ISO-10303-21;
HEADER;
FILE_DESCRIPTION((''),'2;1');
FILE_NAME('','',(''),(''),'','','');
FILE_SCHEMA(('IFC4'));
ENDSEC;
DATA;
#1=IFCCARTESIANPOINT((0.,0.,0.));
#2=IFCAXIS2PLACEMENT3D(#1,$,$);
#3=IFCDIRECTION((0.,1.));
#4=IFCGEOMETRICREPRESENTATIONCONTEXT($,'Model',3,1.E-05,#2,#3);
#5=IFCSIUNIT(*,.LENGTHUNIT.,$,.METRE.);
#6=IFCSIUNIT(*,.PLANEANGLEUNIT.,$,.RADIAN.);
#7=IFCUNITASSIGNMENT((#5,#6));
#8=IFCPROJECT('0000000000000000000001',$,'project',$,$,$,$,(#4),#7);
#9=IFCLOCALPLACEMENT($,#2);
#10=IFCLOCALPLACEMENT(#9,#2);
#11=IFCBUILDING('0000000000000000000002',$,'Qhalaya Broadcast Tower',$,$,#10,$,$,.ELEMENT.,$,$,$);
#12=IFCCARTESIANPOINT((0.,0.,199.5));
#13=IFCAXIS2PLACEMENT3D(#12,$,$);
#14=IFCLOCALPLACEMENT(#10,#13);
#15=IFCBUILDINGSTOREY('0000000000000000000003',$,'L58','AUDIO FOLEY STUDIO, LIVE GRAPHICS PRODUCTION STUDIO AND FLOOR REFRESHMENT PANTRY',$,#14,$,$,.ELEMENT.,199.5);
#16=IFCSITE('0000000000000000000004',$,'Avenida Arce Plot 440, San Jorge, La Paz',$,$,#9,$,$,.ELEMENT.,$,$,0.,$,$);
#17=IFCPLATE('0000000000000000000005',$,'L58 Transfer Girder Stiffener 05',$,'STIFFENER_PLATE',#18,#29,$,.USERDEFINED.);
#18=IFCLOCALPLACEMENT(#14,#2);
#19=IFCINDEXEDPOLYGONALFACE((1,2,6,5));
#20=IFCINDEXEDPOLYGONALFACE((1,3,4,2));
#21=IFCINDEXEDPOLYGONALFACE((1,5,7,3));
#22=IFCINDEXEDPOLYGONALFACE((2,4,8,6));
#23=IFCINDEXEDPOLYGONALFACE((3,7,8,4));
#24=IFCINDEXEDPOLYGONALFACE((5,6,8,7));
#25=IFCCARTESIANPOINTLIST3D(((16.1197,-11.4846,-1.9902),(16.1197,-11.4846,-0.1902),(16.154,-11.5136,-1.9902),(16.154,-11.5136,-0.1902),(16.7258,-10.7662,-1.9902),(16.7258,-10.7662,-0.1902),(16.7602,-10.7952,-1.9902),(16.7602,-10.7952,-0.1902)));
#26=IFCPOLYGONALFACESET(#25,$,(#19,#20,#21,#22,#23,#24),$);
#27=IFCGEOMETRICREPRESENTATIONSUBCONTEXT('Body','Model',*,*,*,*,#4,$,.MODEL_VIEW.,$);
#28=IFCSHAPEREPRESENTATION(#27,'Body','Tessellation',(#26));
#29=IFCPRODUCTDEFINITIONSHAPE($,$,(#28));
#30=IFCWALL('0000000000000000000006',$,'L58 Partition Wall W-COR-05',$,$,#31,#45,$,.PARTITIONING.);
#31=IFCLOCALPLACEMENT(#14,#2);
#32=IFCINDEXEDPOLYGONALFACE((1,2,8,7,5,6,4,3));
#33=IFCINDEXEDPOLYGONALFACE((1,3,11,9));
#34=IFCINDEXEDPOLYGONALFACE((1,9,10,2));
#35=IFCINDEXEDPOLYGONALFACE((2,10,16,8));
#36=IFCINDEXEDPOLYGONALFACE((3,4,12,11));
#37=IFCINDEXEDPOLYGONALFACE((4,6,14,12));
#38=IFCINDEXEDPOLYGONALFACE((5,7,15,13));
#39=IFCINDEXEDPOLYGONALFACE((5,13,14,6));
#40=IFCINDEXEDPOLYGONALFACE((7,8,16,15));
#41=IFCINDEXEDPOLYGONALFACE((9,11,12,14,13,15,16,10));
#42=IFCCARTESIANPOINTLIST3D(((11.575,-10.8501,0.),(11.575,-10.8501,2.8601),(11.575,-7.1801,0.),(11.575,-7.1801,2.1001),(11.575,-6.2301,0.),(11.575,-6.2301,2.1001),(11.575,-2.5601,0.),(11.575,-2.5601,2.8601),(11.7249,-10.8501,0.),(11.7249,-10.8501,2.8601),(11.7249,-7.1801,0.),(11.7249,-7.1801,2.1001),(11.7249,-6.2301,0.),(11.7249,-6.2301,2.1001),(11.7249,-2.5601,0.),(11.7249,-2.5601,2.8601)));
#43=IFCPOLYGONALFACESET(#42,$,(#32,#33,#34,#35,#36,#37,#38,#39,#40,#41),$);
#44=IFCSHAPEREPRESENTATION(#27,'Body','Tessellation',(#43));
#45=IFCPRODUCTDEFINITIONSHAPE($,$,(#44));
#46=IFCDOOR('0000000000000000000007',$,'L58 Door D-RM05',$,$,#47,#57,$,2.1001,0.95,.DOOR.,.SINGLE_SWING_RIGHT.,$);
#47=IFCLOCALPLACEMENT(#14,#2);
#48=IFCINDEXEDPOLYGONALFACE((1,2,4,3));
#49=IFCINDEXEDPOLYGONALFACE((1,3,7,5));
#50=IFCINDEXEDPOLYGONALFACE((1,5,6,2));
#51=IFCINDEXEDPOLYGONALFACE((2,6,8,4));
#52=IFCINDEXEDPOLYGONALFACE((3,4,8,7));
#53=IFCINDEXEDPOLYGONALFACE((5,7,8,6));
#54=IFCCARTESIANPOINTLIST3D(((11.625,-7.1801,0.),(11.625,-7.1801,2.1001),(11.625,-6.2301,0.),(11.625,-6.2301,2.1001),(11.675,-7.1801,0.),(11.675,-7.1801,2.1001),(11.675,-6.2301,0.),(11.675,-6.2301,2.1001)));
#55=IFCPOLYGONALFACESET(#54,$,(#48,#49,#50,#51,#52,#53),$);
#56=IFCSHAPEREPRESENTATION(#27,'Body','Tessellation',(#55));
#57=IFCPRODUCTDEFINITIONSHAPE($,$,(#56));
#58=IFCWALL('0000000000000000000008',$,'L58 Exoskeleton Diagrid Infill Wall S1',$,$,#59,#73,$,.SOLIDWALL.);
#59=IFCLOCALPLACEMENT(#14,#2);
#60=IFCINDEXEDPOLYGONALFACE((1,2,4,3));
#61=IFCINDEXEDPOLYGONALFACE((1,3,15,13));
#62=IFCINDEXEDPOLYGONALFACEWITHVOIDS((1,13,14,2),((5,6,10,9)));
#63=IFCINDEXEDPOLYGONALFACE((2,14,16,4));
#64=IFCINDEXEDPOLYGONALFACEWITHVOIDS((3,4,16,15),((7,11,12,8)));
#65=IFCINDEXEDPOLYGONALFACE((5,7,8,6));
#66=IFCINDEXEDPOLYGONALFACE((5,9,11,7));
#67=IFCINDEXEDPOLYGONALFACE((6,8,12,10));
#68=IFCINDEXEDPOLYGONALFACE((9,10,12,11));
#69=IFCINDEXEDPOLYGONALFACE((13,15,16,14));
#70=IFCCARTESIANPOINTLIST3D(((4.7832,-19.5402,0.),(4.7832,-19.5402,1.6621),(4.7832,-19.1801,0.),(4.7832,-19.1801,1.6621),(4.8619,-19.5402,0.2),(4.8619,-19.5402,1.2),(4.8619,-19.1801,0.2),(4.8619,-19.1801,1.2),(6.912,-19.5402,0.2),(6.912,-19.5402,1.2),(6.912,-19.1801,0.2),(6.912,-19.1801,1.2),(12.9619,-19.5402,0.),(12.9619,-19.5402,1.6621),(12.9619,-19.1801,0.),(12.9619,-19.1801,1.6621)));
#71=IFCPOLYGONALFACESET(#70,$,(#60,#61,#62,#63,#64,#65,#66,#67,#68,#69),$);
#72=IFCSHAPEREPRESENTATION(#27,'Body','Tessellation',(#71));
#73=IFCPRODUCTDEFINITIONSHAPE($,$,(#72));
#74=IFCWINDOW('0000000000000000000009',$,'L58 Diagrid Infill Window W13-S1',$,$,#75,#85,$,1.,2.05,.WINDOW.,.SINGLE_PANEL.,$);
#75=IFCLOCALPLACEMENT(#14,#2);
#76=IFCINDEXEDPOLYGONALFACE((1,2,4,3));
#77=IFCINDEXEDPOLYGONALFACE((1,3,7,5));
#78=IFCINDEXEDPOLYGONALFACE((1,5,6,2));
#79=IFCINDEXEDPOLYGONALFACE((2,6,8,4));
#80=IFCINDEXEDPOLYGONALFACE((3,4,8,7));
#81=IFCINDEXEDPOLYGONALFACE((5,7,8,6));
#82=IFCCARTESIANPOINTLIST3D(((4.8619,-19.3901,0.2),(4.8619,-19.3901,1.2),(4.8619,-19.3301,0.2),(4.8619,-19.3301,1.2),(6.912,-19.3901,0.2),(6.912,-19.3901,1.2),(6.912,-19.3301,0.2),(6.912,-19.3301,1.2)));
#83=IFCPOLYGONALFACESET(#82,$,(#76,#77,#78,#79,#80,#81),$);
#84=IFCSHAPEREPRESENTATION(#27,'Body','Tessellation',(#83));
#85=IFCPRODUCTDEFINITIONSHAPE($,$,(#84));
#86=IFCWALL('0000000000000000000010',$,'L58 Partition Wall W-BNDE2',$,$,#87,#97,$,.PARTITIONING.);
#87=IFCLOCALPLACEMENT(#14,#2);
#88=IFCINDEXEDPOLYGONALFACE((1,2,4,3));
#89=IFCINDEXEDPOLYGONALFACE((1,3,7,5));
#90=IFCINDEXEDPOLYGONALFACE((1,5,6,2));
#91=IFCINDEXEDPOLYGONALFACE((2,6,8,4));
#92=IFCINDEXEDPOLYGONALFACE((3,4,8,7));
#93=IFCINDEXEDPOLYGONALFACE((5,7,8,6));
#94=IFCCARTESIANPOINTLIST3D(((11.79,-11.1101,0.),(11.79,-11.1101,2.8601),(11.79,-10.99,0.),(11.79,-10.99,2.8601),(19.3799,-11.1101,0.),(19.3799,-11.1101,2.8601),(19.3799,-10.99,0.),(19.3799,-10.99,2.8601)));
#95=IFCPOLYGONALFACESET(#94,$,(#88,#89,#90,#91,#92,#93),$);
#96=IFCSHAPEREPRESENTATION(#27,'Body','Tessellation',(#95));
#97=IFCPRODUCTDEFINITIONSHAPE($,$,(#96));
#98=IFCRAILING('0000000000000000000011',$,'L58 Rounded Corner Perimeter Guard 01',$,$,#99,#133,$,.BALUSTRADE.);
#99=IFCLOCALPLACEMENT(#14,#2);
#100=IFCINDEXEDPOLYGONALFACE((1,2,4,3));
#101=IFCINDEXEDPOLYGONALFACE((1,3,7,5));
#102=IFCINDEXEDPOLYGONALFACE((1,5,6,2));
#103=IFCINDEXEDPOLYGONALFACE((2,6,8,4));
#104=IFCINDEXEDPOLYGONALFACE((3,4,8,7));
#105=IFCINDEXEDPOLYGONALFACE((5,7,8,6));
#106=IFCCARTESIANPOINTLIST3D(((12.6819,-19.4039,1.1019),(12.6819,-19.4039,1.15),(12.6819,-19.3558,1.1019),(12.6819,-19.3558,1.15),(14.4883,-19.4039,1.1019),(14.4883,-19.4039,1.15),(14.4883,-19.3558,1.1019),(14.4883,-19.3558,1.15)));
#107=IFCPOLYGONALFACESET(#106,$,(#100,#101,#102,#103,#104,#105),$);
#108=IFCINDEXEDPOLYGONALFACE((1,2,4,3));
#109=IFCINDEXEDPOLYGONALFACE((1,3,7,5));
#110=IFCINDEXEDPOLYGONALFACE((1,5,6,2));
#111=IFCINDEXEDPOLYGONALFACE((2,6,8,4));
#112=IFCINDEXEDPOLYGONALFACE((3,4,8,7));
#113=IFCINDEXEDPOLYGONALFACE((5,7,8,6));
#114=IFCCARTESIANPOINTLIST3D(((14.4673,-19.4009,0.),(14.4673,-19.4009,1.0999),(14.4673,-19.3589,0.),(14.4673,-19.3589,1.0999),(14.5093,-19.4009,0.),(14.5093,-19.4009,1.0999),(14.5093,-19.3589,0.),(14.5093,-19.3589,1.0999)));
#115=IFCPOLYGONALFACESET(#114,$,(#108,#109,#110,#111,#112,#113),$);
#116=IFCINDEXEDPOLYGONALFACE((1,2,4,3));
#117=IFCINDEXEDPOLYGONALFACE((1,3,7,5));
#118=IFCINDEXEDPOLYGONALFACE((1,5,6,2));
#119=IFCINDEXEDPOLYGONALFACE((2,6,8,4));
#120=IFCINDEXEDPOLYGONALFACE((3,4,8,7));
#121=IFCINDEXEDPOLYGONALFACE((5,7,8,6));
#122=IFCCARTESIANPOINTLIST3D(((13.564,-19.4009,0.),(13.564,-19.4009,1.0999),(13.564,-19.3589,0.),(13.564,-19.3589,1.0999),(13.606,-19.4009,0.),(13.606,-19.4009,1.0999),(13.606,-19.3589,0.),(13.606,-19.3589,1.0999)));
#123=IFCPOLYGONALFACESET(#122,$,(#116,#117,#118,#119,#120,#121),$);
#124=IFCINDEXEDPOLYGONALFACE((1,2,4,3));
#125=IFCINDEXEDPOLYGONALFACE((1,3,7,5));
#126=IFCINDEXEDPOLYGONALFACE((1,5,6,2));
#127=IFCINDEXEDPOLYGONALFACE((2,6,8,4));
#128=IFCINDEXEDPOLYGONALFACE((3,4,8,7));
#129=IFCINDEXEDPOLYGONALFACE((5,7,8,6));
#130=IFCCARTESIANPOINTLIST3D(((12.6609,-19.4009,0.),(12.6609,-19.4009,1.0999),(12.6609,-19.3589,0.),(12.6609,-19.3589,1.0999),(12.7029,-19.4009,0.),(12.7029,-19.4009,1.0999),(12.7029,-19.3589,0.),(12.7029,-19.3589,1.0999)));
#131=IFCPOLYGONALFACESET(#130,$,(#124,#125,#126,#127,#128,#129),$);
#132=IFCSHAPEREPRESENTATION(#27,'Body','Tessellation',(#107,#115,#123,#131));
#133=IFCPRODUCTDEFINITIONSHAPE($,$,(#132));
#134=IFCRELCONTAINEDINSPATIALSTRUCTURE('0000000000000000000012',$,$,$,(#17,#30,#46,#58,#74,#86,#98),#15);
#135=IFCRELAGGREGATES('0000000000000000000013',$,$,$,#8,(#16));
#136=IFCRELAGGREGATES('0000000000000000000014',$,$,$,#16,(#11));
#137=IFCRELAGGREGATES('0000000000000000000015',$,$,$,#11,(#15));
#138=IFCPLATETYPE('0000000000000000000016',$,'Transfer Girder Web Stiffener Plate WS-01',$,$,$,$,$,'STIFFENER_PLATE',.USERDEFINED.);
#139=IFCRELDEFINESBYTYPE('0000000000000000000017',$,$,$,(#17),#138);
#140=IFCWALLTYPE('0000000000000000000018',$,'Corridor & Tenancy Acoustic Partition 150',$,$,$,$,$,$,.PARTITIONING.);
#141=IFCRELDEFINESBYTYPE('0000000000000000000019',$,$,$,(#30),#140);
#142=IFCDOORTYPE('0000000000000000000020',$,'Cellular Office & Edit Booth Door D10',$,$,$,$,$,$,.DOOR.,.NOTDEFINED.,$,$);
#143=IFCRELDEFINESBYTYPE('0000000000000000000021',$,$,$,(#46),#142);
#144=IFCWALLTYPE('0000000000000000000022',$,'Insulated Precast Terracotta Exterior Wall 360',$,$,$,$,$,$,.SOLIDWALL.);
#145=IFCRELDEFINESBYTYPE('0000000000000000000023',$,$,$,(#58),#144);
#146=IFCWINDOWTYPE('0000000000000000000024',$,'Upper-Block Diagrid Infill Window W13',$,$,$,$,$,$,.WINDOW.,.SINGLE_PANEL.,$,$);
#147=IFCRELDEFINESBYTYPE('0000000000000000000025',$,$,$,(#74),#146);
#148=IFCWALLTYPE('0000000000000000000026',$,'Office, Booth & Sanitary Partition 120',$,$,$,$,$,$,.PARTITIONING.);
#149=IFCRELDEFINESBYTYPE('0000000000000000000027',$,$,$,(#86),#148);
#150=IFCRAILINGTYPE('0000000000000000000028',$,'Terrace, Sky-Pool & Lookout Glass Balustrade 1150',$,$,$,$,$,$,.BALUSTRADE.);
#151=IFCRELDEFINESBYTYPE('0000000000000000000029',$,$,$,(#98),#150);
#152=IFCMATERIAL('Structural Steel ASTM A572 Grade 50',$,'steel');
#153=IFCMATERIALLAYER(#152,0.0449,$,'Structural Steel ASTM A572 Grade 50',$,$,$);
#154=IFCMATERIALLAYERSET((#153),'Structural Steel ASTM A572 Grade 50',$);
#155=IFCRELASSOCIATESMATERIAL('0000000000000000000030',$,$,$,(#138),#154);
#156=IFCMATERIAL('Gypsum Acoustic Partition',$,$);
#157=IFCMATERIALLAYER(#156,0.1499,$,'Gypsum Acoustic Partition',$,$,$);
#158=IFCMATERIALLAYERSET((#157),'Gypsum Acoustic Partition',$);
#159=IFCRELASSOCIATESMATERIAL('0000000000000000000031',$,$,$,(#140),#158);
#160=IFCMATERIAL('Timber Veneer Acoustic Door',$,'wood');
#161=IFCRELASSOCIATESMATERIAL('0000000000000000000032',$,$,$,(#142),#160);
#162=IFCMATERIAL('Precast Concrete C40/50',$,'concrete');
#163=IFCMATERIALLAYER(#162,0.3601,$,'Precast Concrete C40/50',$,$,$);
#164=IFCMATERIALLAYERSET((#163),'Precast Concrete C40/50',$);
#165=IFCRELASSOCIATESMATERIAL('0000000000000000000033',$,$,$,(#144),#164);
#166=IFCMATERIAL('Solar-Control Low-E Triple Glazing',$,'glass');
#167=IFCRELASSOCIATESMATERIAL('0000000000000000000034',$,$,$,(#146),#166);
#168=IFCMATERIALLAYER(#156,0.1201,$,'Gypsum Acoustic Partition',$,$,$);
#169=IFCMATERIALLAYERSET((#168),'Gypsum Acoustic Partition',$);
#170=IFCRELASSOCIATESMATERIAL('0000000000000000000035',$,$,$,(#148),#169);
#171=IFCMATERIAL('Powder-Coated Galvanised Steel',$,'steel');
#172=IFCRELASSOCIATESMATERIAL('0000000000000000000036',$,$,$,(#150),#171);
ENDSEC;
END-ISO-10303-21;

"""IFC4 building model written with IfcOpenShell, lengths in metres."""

from ifc_helpers import new_model, si_unit, direction, frame, frame_2d, origin, origin_2d, place, context, subcontext, project, spatial, rectangle, extrude, material, layer, layer_set, type_object, element, fill, save


model = new_model("IFC4")

# Units and contexts
model_context = context("Model", 3, precision=1e-05, world=origin(), true_north=direction((0.0, 1.0)))
body_context = subcontext(model_context, "Body", "Model", "MODEL_VIEW")
ifc_project = project(units=[si_unit("LENGTHUNIT", "METRE"), si_unit("PLANEANGLEUNIT", "RADIAN")], contexts=[model_context])

# Site, building, storey
site_placement = place(None, origin())
site = spatial("IfcSite", under=ifc_project, at=site_placement, Name="Avenida Arce Plot 440, San Jorge, La Paz", CompositionType="ELEMENT", RefElevation=0.0)
building_placement = place(site_placement, origin())
building = spatial("IfcBuilding", under=site, at=building_placement, Name="Qhalaya Broadcast Tower", CompositionType="ELEMENT")
storey_placement = place(building_placement, frame((0.0, 0.0, 199.5)))
storey = spatial("IfcBuildingStorey", under=building, at=storey_placement, Name="L58", Description="AUDIO FOLEY STUDIO, LIVE GRAPHICS PRODUCTION STUDIO AND FLOOR REFRESHMENT PANTRY", CompositionType="ELEMENT", Elevation=199.5)

# Shared definitions
ifc_material_1 = material(Name="Structural Steel ASTM A572 Grade 50", Category="steel")

# Plate
ifc_layer_1 = layer(ifc_material_1, 0.0449, Name="Structural Steel ASTM A572 Grade 50")
ifc_layer_set_1 = layer_set([ifc_layer_1], Name="Structural Steel ASTM A572 Grade 50")
plate_type_1 = type_object("IfcPlateType", Name="Transfer Girder Web Stiffener Plate WS-01", ElementType="STIFFENER_PLATE", PredefinedType="USERDEFINED", material=ifc_layer_set_1)
plate_1_placement = place(storey_placement, frame((16.4399, -11.1399, -1.9902), z_axis=(0.0, 0.0, 1.0), x_axis=(0.644871, 0.764291, 0.0)))
element("IfcPlate", 1, at=plate_1_placement, inside=storey, type_object=plate_type_1, Name="L58 Transfer Girder Stiffener 05", ObjectType="STIFFENER_PLATE", PredefinedType="USERDEFINED", context=body_context, shape_type="SweptSolid", body=[
    extrude(rectangle(XDim=0.9399, YDim=0.0449, at=origin_2d()), origin(), (0.0, 0.0, 1.0), 1.8),
])

# Wall, opening, door
ifc_material_2 = material(Name="Gypsum Acoustic Partition")
ifc_layer_2 = layer(ifc_material_2, 0.1499, Name="Gypsum Acoustic Partition")
ifc_layer_set_2 = layer_set([ifc_layer_2], Name="Gypsum Acoustic Partition")
wall_type_1 = type_object("IfcWallType", Name="Corridor & Tenancy Acoustic Partition 150", PredefinedType="PARTITIONING", material=ifc_layer_set_2)
wall_1_placement = place(storey_placement, frame((11.6499, -10.8501, 0.0), z_axis=(0.0, 0.0, 1.0), x_axis=(0.0, 1.0, 0.0)))
wall_1 = element("IfcWall", 2, at=wall_1_placement, inside=storey, type_object=wall_type_1, Name="L58 Partition Wall W-COR-05", PredefinedType="PARTITIONING", context=body_context, shape_type="SweptSolid", body=[
    extrude(rectangle(XDim=8.29, YDim=0.1499, at=frame_2d((4.145, 0.0))), origin(), (0.0, 0.0, 1.0), 2.8601),
])
opening_1_placement = place(wall_1_placement, frame((3.6699, 0.0, 0.0)))
opening_1 = element("IfcOpeningElement", 3, at=opening_1_placement, cuts=wall_1, PredefinedType="OPENING", context=body_context, shape_type="SweptSolid", body=[
    extrude(rectangle(XDim=0.95, YDim=2.1001, at=frame_2d((0.4751, 1.05))), frame((0.0, 0.0869, 0.0), z_axis=(0.0, -1.0, 0.0), x_axis=(1.0, 0.0, 0.0)), (0.0, 0.0, 1.0), 0.1738),
])
ifc_material_3 = material(Name="Timber Veneer Acoustic Door", Category="wood")
door_type = type_object("IfcDoorType", Name="Cellular Office & Edit Booth Door D10", OperationType="NOTDEFINED", PredefinedType="DOOR", material=ifc_material_3)
door_placement = place(opening_1_placement, origin())
door = element("IfcDoor", 4, at=door_placement, inside=storey, type_object=door_type, Name="L58 Door D-RM05", OperationType="SINGLE_SWING_RIGHT", OverallHeight=2.1001, OverallWidth=0.95, PredefinedType="DOOR", context=body_context, shape_type="SweptSolid", body=[
    extrude(rectangle(XDim=0.95, YDim=2.1001, at=frame_2d((0.4751, 1.05))), frame((0.0, 0.0249, 0.0), z_axis=(0.0, -1.0, 0.0), x_axis=(1.0, 0.0, 0.0)), (0.0, 0.0, 1.0), 0.05),
])
fill(opening_1, door)

# Wall, opening, window
ifc_material_4 = material(Name="Precast Concrete C40/50", Category="concrete")
ifc_layer_3 = layer(ifc_material_4, 0.3601, Name="Precast Concrete C40/50")
ifc_layer_set_3 = layer_set([ifc_layer_3], Name="Precast Concrete C40/50")
wall_type_2 = type_object("IfcWallType", Name="Insulated Precast Terracotta Exterior Wall 360", PredefinedType="SOLIDWALL", material=ifc_layer_set_3)
wall_2_placement = place(storey_placement, frame((12.9619, -19.3601, 0.0), z_axis=(0.0, 0.0, 1.0), x_axis=(-1.0, 0.0, 0.0)))
wall_2 = element("IfcWall", 5, at=wall_2_placement, inside=storey, type_object=wall_type_2, Name="L58 Exoskeleton Diagrid Infill Wall S1", PredefinedType="SOLIDWALL", context=body_context, shape_type="SweptSolid", body=[
    extrude(rectangle(XDim=8.1787, YDim=0.3601, at=frame_2d((4.0894, 0.0))), origin(), (0.0, 0.0, 1.0), 1.6621),
])
opening_2_placement = place(wall_2_placement, frame((6.05, 0.0, 0.2)))
opening_2 = element("IfcOpeningElement", 6, at=opening_2_placement, cuts=wall_2, PredefinedType="OPENING", context=body_context, shape_type="SweptSolid", body=[
    extrude(rectangle(XDim=2.05, YDim=1.0, at=frame_2d((1.0249, 0.5))), frame((0.0, 0.1921, 0.0), z_axis=(0.0, -1.0, 0.0), x_axis=(1.0, 0.0, 0.0)), (0.0, 0.0, 1.0), 0.384),
])
ifc_material_5 = material(Name="Solar-Control Low-E Triple Glazing", Category="glass")
window_type = type_object("IfcWindowType", Name="Upper-Block Diagrid Infill Window W13", PartitioningType="SINGLE_PANEL", PredefinedType="WINDOW", material=ifc_material_5)
window_placement = place(opening_2_placement, origin())
window = element("IfcWindow", 7, at=window_placement, inside=storey, type_object=window_type, Name="L58 Diagrid Infill Window W13-S1", OverallHeight=1.0, OverallWidth=2.05, PartitioningType="SINGLE_PANEL", PredefinedType="WINDOW", context=body_context, shape_type="SweptSolid", body=[
    extrude(rectangle(XDim=2.05, YDim=1.0, at=frame_2d((1.0249, 0.5))), frame((0.0, 0.03, 0.0), z_axis=(0.0, -1.0, 0.0), x_axis=(1.0, 0.0, 0.0)), (0.0, 0.0, 1.0), 0.0601),
])
fill(opening_2, window)

# Wall
ifc_layer_4 = layer(ifc_material_2, 0.1201, Name="Gypsum Acoustic Partition")
ifc_layer_set_4 = layer_set([ifc_layer_4], Name="Gypsum Acoustic Partition")
wall_type_3 = type_object("IfcWallType", Name="Office, Booth & Sanitary Partition 120", PredefinedType="PARTITIONING", material=ifc_layer_set_4)
wall_3_placement = place(storey_placement, frame((11.79, -11.05, 0.0), z_axis=(0.0, 0.0, 1.0), x_axis=(1.0, 0.0, 0.0)))
element("IfcWall", 8, at=wall_3_placement, inside=storey, type_object=wall_type_3, Name="L58 Partition Wall W-BNDE2", PredefinedType="PARTITIONING", context=body_context, shape_type="SweptSolid", body=[
    extrude(rectangle(XDim=7.5898, YDim=0.1201, at=frame_2d((3.7949, 0.0))), origin(), (0.0, 0.0, 1.0), 2.8601),
])

# Railing
ifc_material_6 = material(Name="Powder-Coated Galvanised Steel", Category="steel")
railing_type = type_object("IfcRailingType", Name="Terrace, Sky-Pool & Lookout Glass Balustrade 1150", PredefinedType="BALUSTRADE", material=ifc_material_6)
railing_1_placement = place(storey_placement, frame((14.4883, -19.3799, 0.0)))
element("IfcRailing", 9, at=railing_1_placement, inside=storey, type_object=railing_type, Name="L58 Rounded Corner Perimeter Guard 01", PredefinedType="BALUSTRADE", context=body_context, shape_type="SweptSolid", body=[
    extrude(rectangle(XDim=0.0481, YDim=0.0481, at=origin_2d()), frame((0.0, 0.0, 1.126), z_axis=(-1.0, 0.0, 0.0), x_axis=(0.0, -1.0, 0.0)), (0.0, 0.0, 1.0), 1.8064),
    extrude(rectangle(XDim=0.042, YDim=0.042, at=origin_2d()), origin(), (0.0, 0.0, 1.0), 1.0999),
    extrude(rectangle(XDim=0.042, YDim=0.042, at=origin_2d()), frame((-0.9033, 0.0, 0.0)), (0.0, 0.0, 1.0), 1.0999),
    extrude(rectangle(XDim=0.042, YDim=0.042, at=origin_2d()), frame((-1.8064, 0.0, 0.0)), (0.0, 0.0, 1.0), 1.0999),
])

save(model, "model.ifc")
